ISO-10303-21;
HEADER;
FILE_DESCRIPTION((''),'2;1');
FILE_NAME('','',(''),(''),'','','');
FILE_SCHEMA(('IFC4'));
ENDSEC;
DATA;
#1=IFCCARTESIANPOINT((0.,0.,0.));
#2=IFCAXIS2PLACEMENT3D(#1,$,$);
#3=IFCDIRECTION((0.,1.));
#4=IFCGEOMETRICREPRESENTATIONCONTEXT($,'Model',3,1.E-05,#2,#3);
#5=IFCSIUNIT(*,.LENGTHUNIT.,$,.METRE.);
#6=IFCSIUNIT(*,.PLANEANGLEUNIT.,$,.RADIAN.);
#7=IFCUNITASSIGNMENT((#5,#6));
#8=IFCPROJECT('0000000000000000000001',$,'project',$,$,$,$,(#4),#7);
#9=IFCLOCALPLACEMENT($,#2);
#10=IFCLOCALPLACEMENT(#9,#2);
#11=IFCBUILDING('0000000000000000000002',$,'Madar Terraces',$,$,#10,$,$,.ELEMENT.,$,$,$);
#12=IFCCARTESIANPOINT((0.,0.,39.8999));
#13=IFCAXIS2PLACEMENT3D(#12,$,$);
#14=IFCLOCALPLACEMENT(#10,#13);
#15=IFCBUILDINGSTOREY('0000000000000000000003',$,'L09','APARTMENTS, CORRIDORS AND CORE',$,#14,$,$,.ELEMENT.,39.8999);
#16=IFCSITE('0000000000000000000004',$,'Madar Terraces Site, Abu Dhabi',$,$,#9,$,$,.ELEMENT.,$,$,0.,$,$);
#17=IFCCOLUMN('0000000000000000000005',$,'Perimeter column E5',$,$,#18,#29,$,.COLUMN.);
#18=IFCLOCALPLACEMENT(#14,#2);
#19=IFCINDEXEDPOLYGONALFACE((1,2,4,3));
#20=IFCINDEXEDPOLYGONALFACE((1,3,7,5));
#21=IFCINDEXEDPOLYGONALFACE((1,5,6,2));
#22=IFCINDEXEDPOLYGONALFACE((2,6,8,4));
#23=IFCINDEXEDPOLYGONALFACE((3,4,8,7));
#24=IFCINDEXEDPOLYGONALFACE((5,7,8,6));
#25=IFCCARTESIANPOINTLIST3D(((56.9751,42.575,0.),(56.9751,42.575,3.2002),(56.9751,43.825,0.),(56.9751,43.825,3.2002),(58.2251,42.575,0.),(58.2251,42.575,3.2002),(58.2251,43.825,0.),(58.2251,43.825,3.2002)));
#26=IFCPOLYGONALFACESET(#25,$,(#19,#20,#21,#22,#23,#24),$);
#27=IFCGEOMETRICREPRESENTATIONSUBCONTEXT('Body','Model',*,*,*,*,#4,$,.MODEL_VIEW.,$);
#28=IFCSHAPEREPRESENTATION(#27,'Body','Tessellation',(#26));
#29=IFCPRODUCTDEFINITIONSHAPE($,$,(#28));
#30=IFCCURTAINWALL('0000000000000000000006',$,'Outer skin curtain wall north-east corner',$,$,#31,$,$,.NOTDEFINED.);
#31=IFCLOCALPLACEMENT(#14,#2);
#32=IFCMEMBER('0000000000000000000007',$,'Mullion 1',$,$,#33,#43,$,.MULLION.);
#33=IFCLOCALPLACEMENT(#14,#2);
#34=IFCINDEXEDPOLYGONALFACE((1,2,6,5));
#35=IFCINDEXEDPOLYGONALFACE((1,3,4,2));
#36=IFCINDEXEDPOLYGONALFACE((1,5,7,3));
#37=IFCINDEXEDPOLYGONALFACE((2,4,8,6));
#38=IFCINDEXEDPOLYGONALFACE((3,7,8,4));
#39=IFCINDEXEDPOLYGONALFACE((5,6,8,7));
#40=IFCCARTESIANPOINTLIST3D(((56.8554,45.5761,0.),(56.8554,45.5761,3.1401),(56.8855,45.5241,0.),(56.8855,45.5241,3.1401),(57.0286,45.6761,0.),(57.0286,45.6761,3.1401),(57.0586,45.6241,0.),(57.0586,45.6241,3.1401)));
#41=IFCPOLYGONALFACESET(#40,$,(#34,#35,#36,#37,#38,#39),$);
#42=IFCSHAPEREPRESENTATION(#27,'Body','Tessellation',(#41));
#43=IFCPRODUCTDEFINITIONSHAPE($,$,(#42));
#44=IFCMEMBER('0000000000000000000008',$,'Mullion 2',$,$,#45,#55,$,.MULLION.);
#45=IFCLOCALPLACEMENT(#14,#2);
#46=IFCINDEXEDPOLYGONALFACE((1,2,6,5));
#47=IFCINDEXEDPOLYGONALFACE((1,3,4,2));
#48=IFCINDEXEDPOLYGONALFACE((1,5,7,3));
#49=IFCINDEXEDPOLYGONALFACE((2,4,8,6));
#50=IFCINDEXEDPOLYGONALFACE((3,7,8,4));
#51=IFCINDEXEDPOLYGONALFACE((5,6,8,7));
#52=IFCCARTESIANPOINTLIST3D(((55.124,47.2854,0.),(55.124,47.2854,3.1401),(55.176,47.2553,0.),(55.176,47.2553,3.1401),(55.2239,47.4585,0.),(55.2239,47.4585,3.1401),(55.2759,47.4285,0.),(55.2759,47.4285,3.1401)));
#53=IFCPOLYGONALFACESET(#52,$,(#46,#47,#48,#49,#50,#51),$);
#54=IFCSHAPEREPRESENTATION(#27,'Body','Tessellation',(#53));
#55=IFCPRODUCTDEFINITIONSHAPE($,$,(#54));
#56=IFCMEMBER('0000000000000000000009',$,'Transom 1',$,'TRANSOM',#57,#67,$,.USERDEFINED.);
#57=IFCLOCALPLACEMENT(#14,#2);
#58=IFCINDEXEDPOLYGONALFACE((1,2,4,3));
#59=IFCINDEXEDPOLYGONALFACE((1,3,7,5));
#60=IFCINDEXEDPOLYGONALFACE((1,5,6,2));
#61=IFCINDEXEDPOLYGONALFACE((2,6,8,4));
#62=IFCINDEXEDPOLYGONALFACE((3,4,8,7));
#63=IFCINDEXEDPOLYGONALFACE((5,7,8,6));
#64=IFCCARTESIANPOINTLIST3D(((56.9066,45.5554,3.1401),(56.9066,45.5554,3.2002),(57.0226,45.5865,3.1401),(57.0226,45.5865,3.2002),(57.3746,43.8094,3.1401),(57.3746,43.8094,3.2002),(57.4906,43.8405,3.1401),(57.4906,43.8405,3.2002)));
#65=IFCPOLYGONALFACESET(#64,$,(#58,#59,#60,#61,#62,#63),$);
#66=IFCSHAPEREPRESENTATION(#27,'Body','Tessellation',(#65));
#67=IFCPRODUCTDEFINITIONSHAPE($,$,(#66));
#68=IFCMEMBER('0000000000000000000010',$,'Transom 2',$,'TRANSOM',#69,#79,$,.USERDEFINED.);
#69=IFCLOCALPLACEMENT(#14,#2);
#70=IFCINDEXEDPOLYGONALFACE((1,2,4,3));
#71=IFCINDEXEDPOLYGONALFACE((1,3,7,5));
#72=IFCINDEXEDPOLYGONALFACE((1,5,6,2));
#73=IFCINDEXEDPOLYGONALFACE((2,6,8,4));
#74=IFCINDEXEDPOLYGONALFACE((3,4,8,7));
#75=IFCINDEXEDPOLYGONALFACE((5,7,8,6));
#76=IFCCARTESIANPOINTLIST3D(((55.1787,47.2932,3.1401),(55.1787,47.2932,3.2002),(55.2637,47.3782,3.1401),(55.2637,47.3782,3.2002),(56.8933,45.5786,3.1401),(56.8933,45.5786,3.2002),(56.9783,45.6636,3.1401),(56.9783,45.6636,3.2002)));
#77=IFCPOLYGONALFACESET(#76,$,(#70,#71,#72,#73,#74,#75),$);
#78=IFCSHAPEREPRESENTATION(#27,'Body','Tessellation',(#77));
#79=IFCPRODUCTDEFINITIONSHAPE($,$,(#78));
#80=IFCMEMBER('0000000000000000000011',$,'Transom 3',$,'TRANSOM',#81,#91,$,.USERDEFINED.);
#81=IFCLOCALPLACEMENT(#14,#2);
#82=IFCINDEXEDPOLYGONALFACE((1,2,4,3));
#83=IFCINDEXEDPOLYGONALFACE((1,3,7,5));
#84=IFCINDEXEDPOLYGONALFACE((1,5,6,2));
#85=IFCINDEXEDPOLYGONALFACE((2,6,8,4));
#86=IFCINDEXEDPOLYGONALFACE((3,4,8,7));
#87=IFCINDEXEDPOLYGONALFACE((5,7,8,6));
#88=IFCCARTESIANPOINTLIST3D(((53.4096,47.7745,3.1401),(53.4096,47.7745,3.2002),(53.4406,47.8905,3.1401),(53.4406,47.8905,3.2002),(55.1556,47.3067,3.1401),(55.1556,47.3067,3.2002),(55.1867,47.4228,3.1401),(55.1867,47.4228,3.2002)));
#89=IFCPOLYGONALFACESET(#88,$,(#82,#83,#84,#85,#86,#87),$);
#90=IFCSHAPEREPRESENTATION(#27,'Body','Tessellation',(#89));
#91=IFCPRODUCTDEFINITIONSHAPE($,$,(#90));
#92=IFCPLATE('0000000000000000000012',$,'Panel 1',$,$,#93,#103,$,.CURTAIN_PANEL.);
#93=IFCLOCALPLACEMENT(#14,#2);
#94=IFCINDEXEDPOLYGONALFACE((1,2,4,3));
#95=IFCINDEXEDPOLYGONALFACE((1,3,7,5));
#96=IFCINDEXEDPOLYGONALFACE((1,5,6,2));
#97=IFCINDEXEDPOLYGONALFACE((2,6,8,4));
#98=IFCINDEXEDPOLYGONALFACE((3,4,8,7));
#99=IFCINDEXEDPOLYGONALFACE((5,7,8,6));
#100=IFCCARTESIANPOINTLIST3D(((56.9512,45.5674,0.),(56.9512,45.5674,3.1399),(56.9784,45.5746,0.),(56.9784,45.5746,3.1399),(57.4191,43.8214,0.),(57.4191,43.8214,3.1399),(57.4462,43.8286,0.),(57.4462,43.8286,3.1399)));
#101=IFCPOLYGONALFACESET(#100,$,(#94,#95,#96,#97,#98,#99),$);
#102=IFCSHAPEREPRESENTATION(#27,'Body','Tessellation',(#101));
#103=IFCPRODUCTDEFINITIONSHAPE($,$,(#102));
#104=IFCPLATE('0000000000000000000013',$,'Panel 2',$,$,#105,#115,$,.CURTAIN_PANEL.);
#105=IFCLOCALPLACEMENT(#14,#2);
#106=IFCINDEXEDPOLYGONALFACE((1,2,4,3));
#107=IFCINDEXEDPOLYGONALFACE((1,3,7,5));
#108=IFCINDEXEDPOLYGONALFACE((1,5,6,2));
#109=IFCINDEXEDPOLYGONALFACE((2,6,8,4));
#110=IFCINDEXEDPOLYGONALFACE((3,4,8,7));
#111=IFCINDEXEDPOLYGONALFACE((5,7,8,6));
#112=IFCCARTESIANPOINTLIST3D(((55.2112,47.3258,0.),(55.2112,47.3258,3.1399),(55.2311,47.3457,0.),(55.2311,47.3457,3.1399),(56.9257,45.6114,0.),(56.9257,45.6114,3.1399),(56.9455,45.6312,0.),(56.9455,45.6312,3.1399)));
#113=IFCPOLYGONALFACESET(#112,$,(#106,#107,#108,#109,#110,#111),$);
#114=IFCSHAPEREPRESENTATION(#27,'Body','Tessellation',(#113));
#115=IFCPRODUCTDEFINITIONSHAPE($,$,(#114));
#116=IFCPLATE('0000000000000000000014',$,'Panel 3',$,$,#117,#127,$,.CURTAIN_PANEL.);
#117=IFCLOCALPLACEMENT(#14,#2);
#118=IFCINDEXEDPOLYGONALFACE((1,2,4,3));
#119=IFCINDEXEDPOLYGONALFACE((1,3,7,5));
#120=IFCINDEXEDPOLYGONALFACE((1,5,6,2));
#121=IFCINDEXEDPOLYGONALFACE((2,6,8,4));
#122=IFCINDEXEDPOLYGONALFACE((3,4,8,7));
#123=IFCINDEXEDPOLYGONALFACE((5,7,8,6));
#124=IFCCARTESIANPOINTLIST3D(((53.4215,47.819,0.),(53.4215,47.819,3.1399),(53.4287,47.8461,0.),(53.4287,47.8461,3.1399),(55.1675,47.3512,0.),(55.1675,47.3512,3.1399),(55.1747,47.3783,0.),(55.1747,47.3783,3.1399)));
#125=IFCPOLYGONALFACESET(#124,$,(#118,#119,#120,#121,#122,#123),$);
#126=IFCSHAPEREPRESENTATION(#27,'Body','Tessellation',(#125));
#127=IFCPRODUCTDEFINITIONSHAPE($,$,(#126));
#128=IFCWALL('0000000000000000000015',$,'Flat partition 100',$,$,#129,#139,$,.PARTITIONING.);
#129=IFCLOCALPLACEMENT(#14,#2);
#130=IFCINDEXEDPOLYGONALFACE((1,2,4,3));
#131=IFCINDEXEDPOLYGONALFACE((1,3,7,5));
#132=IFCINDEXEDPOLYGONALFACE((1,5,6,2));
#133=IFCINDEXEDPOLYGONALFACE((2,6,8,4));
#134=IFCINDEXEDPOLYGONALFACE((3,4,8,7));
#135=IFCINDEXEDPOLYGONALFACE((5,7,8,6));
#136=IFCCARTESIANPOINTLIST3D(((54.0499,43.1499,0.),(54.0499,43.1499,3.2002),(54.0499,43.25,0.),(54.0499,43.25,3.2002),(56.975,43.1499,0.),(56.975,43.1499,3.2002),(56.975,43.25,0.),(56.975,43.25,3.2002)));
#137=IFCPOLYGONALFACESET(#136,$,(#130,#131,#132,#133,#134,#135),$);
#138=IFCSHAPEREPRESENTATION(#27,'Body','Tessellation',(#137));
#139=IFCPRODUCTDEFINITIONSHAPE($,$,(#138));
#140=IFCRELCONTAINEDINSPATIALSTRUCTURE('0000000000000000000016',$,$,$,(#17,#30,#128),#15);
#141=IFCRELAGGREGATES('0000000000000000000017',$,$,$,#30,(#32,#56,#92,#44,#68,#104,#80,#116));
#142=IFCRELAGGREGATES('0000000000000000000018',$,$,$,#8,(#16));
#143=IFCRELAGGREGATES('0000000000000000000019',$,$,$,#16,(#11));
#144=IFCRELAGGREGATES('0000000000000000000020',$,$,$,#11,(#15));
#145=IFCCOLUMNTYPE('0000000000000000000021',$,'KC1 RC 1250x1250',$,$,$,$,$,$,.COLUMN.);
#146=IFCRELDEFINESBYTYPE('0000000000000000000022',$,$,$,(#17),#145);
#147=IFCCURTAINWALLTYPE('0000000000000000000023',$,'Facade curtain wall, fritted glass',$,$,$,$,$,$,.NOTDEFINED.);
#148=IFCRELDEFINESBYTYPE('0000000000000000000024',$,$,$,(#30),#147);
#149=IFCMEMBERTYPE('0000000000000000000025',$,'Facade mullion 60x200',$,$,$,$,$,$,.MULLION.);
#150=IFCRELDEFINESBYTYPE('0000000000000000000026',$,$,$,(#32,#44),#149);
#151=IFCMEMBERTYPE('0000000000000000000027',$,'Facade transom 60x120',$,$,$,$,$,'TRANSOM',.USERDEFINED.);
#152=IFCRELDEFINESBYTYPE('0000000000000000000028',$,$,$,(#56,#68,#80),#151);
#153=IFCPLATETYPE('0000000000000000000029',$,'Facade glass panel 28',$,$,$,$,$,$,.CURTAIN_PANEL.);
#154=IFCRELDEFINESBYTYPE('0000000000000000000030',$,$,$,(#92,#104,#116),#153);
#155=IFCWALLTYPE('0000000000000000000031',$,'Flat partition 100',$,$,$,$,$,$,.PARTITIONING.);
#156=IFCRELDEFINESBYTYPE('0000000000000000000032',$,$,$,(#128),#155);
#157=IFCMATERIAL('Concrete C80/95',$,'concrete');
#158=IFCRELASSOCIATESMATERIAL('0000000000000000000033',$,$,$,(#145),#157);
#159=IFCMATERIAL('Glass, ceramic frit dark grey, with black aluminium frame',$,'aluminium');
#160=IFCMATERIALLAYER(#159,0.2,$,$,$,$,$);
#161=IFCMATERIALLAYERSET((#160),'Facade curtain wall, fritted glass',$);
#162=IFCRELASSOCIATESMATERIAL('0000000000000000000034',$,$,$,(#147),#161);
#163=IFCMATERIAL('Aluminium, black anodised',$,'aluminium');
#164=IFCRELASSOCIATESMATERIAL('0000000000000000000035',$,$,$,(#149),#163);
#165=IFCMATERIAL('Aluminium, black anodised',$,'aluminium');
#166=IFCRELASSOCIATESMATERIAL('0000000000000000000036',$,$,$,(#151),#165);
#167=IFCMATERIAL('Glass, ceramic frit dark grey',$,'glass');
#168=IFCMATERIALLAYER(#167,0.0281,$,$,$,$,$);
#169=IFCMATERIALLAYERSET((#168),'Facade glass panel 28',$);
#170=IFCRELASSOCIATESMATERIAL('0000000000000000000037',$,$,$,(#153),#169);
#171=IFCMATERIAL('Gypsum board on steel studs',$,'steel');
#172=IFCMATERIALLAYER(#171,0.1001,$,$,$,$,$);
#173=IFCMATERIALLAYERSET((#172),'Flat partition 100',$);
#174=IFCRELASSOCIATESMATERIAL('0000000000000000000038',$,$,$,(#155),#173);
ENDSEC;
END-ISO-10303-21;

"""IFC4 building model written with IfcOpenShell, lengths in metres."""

from ifc_helpers import new_model, si_unit, direction, frame, frame_2d, origin, origin_2d, place, context, subcontext, project, spatial, rectangle, extrude, material, layer, layer_set, material_profile, profile_set, type_object, element, aggregate, save


model = new_model("IFC4")

# Units and contexts
model_context = context("Model", 3, precision=1e-05, world=origin(), true_north=direction((0.0, 1.0)))
body_context = subcontext(model_context, "Body", "Model", "MODEL_VIEW")
ifc_project = project(units=[si_unit("LENGTHUNIT", "METRE"), si_unit("PLANEANGLEUNIT", "RADIAN")], contexts=[model_context])

# Site, building, storey
site_placement = place(None, origin())
site = spatial("IfcSite", under=ifc_project, at=site_placement, Name="Madar Terraces Site, Abu Dhabi", CompositionType="ELEMENT", RefElevation=0.0)
building_placement = place(site_placement, origin())
building = spatial("IfcBuilding", under=site, at=building_placement, Name="Madar Terraces", CompositionType="ELEMENT")
storey_placement = place(building_placement, frame((0.0, 0.0, 39.8999)))
storey = spatial("IfcBuildingStorey", under=building, at=storey_placement, Name="L09", Description="APARTMENTS, CORRIDORS AND CORE", CompositionType="ELEMENT", Elevation=39.8999)

# Column
ifc_material_1 = material(Name="Concrete C80/95", Category="concrete")
ifc_material_profile_1 = material_profile(ifc_material_1, rectangle(XDim=1.25, YDim=1.25, at=origin_2d()), Name="KC1 RC 1250x1250")
ifc_profile_set_1 = profile_set([ifc_material_profile_1], Name="Concrete C80/95")
column_type = type_object("IfcColumnType", Name="KC1 RC 1250x1250", PredefinedType="COLUMN", material=ifc_profile_set_1)
column_placement = place(storey_placement, frame((57.6001, 43.2, 0.0), z_axis=(0.0, 0.0, 1.0), x_axis=(1.0, 0.0, 0.0)))
element("IfcColumn", 1, at=column_placement, inside=storey, type_object=column_type, Name="Perimeter column E5", PredefinedType="COLUMN", context=body_context, shape_type="SweptSolid", body=[
    extrude(rectangle(XDim=1.25, YDim=1.25, at=origin_2d()), origin(), (0.0, 0.0, 1.0), 3.2002),
])

# Curtain wall, members, plates
ifc_material_2 = material(Name="Glass, ceramic frit dark grey, with black aluminium frame", Category="aluminium")
ifc_layer_1 = layer(ifc_material_2, 0.2)
ifc_layer_set_1 = layer_set([ifc_layer_1], Name="Facade curtain wall, fritted glass")
curtain_wall_type = type_object("IfcCurtainWallType", Name="Facade curtain wall, fritted glass", PredefinedType="NOTDEFINED", material=ifc_layer_set_1)
curtain_wall_placement = place(storey_placement, origin())
curtain_wall = element("IfcCurtainWall", 2, at=curtain_wall_placement, inside=storey, type_object=curtain_wall_type, Name="Outer skin curtain wall north-east corner", PredefinedType="NOTDEFINED")
ifc_material_3 = material(Name="Aluminium, black anodised", Category="aluminium")
ifc_material_profile_2 = material_profile(ifc_material_3, rectangle(XDim=0.2, YDim=0.0601, at=origin_2d()), Name="Facade mullion 60x200")
ifc_profile_set_2 = profile_set([ifc_material_profile_2], Name="Aluminium, black anodised")
member_type_1 = type_object("IfcMemberType", Name="Facade mullion 60x200", PredefinedType="MULLION", material=ifc_profile_set_2)
member_1_placement = place(storey_placement, frame((56.957, 45.6001, 0.0), z_axis=(0.0, 0.0, 1.0), x_axis=(-0.866025, -0.5, 0.0)))
member_1 = element("IfcMember", 3, at=member_1_placement, type_object=member_type_1, Name="Mullion 1", PredefinedType="MULLION", context=body_context, shape_type="SweptSolid", body=[
    extrude(rectangle(XDim=0.2, YDim=0.0601, at=origin_2d()), origin(), (0.0, 0.0, 1.0), 3.1401),
])
member_2_placement = place(storey_placement, frame((55.2, 47.3569, 0.0), z_axis=(0.0, 0.0, 1.0), x_axis=(-0.5, -0.866025, 0.0)))
member_2 = element("IfcMember", 4, at=member_2_placement, type_object=member_type_1, Name="Mullion 2", PredefinedType="MULLION", context=body_context, shape_type="SweptSolid", body=[
    extrude(rectangle(XDim=0.2, YDim=0.0601, at=origin_2d()), origin(), (0.0, 0.0, 1.0), 3.1401),
])
ifc_material_4 = material(Name="Aluminium, black anodised", Category="aluminium")
ifc_material_profile_3 = material_profile(ifc_material_4, rectangle(XDim=0.1201, YDim=0.0601, at=origin_2d()), Name="Facade transom 60x120")
ifc_profile_set_3 = profile_set([ifc_material_profile_3], Name="Aluminium, black anodised")
member_type_2 = type_object("IfcMemberType", Name="Facade transom 60x120", ElementType="TRANSOM", PredefinedType="USERDEFINED", material=ifc_profile_set_3)
member_3_placement = place(storey_placement, frame((57.4326, 43.825, 3.1702), z_axis=(-0.258898, 0.965905, 0.0), x_axis=(-0.965905, -0.258898, 0.0)))
member_3 = element("IfcMember", 5, at=member_3_placement, type_object=member_type_2, Name="Transom 1", ObjectType="TRANSOM", PredefinedType="USERDEFINED", context=body_context, shape_type="SweptSolid", body=[
    extrude(rectangle(XDim=0.1201, YDim=0.0601, at=origin_2d()), origin(), (0.0, 0.0, 1.0), 1.8076),
])
member_4_placement = place(storey_placement, frame((56.9358, 45.6211, 3.1702), z_axis=(-0.707107, 0.707107, 0.0), x_axis=(-0.707107, -0.707107, 0.0)))
member_4 = element("IfcMember", 6, at=member_4_placement, type_object=member_type_2, Name="Transom 2", ObjectType="TRANSOM", PredefinedType="USERDEFINED", context=body_context, shape_type="SweptSolid", body=[
    extrude(rectangle(XDim=0.1201, YDim=0.0601, at=origin_2d()), origin(), (0.0, 0.0, 1.0), 2.4248),
])
member_5_placement = place(storey_placement, frame((55.1711, 47.3647, 3.1702), z_axis=(-0.965938, 0.258772, 0.0), x_axis=(-0.258772, -0.965938, 0.0)))
member_5 = element("IfcMember", 7, at=member_5_placement, type_object=member_type_2, Name="Transom 3", ObjectType="TRANSOM", PredefinedType="USERDEFINED", context=body_context, shape_type="SweptSolid", body=[
    extrude(rectangle(XDim=0.1201, YDim=0.0601, at=origin_2d()), origin(), (0.0, 0.0, 1.0), 1.8076),
])
ifc_material_5 = material(Name="Glass, ceramic frit dark grey", Category="glass")
ifc_layer_2 = layer(ifc_material_5, 0.0281)
ifc_layer_set_2 = layer_set([ifc_layer_2], Name="Facade glass panel 28")
plate_type = type_object("IfcPlateType", Name="Facade glass panel 28", PredefinedType="CURTAIN_PANEL", material=ifc_layer_set_2)
plate_1_placement = place(storey_placement, frame((57.1987, 44.698, 0.0), z_axis=(0.0, 0.0, 1.0), x_axis=(-0.258819, 0.965926, 0.0)))
plate_1 = element("IfcPlate", 8, at=plate_1_placement, type_object=plate_type, Name="Panel 1", PredefinedType="CURTAIN_PANEL", context=body_context, shape_type="SweptSolid", body=[
    extrude(rectangle(XDim=1.8076, YDim=0.0281, at=origin_2d()), origin(), (0.0, 0.0, 1.0), 3.1399),
])
plate_2_placement = place(storey_placement, frame((56.0784, 46.4785, 0.0), z_axis=(0.0, 0.0, 1.0), x_axis=(-0.707107, 0.707107, 0.0)))
plate_2 = element("IfcPlate", 9, at=plate_2_placement, type_object=plate_type, Name="Panel 2", PredefinedType="CURTAIN_PANEL", context=body_context, shape_type="SweptSolid", body=[
    extrude(rectangle(XDim=2.4246, YDim=0.0281, at=origin_2d()), origin(), (0.0, 0.0, 1.0), 3.1399),
])
plate_3_placement = place(storey_placement, frame((54.2981, 47.5986, 0.0), z_axis=(0.0, 0.0, 1.0), x_axis=(-0.965926, 0.258819, 0.0)))
plate_3 = element("IfcPlate", 10, at=plate_3_placement, type_object=plate_type, Name="Panel 3", PredefinedType="CURTAIN_PANEL", context=body_context, shape_type="SweptSolid", body=[
    extrude(rectangle(XDim=1.8076, YDim=0.0281, at=origin_2d()), origin(), (0.0, 0.0, 1.0), 3.1399),
])
aggregate(curtain_wall, [member_1, member_3, plate_1, member_2, member_4, plate_2, member_5, plate_3])

# Wall
ifc_material_6 = material(Name="Gypsum board on steel studs", Category="steel")
ifc_layer_3 = layer(ifc_material_6, 0.1001)
ifc_layer_set_3 = layer_set([ifc_layer_3], Name="Flat partition 100")
wall_type = type_object("IfcWallType", Name="Flat partition 100", PredefinedType="PARTITIONING", material=ifc_layer_set_3)
wall_1_placement = place(storey_placement, frame((54.05, 43.2, 0.0), z_axis=(0.0, 0.0, 1.0), x_axis=(1.0, 0.0, 0.0)))
element("IfcWall", 11, at=wall_1_placement, inside=storey, type_object=wall_type, Name="Flat partition 100", PredefinedType="PARTITIONING", context=body_context, shape_type="SweptSolid", body=[
    extrude(rectangle(XDim=2.925, YDim=0.1001, at=frame_2d((1.4624, 0.0))), origin(), (0.0, 0.0, 1.0), 3.2002),
])

save(model, "model.ifc")
